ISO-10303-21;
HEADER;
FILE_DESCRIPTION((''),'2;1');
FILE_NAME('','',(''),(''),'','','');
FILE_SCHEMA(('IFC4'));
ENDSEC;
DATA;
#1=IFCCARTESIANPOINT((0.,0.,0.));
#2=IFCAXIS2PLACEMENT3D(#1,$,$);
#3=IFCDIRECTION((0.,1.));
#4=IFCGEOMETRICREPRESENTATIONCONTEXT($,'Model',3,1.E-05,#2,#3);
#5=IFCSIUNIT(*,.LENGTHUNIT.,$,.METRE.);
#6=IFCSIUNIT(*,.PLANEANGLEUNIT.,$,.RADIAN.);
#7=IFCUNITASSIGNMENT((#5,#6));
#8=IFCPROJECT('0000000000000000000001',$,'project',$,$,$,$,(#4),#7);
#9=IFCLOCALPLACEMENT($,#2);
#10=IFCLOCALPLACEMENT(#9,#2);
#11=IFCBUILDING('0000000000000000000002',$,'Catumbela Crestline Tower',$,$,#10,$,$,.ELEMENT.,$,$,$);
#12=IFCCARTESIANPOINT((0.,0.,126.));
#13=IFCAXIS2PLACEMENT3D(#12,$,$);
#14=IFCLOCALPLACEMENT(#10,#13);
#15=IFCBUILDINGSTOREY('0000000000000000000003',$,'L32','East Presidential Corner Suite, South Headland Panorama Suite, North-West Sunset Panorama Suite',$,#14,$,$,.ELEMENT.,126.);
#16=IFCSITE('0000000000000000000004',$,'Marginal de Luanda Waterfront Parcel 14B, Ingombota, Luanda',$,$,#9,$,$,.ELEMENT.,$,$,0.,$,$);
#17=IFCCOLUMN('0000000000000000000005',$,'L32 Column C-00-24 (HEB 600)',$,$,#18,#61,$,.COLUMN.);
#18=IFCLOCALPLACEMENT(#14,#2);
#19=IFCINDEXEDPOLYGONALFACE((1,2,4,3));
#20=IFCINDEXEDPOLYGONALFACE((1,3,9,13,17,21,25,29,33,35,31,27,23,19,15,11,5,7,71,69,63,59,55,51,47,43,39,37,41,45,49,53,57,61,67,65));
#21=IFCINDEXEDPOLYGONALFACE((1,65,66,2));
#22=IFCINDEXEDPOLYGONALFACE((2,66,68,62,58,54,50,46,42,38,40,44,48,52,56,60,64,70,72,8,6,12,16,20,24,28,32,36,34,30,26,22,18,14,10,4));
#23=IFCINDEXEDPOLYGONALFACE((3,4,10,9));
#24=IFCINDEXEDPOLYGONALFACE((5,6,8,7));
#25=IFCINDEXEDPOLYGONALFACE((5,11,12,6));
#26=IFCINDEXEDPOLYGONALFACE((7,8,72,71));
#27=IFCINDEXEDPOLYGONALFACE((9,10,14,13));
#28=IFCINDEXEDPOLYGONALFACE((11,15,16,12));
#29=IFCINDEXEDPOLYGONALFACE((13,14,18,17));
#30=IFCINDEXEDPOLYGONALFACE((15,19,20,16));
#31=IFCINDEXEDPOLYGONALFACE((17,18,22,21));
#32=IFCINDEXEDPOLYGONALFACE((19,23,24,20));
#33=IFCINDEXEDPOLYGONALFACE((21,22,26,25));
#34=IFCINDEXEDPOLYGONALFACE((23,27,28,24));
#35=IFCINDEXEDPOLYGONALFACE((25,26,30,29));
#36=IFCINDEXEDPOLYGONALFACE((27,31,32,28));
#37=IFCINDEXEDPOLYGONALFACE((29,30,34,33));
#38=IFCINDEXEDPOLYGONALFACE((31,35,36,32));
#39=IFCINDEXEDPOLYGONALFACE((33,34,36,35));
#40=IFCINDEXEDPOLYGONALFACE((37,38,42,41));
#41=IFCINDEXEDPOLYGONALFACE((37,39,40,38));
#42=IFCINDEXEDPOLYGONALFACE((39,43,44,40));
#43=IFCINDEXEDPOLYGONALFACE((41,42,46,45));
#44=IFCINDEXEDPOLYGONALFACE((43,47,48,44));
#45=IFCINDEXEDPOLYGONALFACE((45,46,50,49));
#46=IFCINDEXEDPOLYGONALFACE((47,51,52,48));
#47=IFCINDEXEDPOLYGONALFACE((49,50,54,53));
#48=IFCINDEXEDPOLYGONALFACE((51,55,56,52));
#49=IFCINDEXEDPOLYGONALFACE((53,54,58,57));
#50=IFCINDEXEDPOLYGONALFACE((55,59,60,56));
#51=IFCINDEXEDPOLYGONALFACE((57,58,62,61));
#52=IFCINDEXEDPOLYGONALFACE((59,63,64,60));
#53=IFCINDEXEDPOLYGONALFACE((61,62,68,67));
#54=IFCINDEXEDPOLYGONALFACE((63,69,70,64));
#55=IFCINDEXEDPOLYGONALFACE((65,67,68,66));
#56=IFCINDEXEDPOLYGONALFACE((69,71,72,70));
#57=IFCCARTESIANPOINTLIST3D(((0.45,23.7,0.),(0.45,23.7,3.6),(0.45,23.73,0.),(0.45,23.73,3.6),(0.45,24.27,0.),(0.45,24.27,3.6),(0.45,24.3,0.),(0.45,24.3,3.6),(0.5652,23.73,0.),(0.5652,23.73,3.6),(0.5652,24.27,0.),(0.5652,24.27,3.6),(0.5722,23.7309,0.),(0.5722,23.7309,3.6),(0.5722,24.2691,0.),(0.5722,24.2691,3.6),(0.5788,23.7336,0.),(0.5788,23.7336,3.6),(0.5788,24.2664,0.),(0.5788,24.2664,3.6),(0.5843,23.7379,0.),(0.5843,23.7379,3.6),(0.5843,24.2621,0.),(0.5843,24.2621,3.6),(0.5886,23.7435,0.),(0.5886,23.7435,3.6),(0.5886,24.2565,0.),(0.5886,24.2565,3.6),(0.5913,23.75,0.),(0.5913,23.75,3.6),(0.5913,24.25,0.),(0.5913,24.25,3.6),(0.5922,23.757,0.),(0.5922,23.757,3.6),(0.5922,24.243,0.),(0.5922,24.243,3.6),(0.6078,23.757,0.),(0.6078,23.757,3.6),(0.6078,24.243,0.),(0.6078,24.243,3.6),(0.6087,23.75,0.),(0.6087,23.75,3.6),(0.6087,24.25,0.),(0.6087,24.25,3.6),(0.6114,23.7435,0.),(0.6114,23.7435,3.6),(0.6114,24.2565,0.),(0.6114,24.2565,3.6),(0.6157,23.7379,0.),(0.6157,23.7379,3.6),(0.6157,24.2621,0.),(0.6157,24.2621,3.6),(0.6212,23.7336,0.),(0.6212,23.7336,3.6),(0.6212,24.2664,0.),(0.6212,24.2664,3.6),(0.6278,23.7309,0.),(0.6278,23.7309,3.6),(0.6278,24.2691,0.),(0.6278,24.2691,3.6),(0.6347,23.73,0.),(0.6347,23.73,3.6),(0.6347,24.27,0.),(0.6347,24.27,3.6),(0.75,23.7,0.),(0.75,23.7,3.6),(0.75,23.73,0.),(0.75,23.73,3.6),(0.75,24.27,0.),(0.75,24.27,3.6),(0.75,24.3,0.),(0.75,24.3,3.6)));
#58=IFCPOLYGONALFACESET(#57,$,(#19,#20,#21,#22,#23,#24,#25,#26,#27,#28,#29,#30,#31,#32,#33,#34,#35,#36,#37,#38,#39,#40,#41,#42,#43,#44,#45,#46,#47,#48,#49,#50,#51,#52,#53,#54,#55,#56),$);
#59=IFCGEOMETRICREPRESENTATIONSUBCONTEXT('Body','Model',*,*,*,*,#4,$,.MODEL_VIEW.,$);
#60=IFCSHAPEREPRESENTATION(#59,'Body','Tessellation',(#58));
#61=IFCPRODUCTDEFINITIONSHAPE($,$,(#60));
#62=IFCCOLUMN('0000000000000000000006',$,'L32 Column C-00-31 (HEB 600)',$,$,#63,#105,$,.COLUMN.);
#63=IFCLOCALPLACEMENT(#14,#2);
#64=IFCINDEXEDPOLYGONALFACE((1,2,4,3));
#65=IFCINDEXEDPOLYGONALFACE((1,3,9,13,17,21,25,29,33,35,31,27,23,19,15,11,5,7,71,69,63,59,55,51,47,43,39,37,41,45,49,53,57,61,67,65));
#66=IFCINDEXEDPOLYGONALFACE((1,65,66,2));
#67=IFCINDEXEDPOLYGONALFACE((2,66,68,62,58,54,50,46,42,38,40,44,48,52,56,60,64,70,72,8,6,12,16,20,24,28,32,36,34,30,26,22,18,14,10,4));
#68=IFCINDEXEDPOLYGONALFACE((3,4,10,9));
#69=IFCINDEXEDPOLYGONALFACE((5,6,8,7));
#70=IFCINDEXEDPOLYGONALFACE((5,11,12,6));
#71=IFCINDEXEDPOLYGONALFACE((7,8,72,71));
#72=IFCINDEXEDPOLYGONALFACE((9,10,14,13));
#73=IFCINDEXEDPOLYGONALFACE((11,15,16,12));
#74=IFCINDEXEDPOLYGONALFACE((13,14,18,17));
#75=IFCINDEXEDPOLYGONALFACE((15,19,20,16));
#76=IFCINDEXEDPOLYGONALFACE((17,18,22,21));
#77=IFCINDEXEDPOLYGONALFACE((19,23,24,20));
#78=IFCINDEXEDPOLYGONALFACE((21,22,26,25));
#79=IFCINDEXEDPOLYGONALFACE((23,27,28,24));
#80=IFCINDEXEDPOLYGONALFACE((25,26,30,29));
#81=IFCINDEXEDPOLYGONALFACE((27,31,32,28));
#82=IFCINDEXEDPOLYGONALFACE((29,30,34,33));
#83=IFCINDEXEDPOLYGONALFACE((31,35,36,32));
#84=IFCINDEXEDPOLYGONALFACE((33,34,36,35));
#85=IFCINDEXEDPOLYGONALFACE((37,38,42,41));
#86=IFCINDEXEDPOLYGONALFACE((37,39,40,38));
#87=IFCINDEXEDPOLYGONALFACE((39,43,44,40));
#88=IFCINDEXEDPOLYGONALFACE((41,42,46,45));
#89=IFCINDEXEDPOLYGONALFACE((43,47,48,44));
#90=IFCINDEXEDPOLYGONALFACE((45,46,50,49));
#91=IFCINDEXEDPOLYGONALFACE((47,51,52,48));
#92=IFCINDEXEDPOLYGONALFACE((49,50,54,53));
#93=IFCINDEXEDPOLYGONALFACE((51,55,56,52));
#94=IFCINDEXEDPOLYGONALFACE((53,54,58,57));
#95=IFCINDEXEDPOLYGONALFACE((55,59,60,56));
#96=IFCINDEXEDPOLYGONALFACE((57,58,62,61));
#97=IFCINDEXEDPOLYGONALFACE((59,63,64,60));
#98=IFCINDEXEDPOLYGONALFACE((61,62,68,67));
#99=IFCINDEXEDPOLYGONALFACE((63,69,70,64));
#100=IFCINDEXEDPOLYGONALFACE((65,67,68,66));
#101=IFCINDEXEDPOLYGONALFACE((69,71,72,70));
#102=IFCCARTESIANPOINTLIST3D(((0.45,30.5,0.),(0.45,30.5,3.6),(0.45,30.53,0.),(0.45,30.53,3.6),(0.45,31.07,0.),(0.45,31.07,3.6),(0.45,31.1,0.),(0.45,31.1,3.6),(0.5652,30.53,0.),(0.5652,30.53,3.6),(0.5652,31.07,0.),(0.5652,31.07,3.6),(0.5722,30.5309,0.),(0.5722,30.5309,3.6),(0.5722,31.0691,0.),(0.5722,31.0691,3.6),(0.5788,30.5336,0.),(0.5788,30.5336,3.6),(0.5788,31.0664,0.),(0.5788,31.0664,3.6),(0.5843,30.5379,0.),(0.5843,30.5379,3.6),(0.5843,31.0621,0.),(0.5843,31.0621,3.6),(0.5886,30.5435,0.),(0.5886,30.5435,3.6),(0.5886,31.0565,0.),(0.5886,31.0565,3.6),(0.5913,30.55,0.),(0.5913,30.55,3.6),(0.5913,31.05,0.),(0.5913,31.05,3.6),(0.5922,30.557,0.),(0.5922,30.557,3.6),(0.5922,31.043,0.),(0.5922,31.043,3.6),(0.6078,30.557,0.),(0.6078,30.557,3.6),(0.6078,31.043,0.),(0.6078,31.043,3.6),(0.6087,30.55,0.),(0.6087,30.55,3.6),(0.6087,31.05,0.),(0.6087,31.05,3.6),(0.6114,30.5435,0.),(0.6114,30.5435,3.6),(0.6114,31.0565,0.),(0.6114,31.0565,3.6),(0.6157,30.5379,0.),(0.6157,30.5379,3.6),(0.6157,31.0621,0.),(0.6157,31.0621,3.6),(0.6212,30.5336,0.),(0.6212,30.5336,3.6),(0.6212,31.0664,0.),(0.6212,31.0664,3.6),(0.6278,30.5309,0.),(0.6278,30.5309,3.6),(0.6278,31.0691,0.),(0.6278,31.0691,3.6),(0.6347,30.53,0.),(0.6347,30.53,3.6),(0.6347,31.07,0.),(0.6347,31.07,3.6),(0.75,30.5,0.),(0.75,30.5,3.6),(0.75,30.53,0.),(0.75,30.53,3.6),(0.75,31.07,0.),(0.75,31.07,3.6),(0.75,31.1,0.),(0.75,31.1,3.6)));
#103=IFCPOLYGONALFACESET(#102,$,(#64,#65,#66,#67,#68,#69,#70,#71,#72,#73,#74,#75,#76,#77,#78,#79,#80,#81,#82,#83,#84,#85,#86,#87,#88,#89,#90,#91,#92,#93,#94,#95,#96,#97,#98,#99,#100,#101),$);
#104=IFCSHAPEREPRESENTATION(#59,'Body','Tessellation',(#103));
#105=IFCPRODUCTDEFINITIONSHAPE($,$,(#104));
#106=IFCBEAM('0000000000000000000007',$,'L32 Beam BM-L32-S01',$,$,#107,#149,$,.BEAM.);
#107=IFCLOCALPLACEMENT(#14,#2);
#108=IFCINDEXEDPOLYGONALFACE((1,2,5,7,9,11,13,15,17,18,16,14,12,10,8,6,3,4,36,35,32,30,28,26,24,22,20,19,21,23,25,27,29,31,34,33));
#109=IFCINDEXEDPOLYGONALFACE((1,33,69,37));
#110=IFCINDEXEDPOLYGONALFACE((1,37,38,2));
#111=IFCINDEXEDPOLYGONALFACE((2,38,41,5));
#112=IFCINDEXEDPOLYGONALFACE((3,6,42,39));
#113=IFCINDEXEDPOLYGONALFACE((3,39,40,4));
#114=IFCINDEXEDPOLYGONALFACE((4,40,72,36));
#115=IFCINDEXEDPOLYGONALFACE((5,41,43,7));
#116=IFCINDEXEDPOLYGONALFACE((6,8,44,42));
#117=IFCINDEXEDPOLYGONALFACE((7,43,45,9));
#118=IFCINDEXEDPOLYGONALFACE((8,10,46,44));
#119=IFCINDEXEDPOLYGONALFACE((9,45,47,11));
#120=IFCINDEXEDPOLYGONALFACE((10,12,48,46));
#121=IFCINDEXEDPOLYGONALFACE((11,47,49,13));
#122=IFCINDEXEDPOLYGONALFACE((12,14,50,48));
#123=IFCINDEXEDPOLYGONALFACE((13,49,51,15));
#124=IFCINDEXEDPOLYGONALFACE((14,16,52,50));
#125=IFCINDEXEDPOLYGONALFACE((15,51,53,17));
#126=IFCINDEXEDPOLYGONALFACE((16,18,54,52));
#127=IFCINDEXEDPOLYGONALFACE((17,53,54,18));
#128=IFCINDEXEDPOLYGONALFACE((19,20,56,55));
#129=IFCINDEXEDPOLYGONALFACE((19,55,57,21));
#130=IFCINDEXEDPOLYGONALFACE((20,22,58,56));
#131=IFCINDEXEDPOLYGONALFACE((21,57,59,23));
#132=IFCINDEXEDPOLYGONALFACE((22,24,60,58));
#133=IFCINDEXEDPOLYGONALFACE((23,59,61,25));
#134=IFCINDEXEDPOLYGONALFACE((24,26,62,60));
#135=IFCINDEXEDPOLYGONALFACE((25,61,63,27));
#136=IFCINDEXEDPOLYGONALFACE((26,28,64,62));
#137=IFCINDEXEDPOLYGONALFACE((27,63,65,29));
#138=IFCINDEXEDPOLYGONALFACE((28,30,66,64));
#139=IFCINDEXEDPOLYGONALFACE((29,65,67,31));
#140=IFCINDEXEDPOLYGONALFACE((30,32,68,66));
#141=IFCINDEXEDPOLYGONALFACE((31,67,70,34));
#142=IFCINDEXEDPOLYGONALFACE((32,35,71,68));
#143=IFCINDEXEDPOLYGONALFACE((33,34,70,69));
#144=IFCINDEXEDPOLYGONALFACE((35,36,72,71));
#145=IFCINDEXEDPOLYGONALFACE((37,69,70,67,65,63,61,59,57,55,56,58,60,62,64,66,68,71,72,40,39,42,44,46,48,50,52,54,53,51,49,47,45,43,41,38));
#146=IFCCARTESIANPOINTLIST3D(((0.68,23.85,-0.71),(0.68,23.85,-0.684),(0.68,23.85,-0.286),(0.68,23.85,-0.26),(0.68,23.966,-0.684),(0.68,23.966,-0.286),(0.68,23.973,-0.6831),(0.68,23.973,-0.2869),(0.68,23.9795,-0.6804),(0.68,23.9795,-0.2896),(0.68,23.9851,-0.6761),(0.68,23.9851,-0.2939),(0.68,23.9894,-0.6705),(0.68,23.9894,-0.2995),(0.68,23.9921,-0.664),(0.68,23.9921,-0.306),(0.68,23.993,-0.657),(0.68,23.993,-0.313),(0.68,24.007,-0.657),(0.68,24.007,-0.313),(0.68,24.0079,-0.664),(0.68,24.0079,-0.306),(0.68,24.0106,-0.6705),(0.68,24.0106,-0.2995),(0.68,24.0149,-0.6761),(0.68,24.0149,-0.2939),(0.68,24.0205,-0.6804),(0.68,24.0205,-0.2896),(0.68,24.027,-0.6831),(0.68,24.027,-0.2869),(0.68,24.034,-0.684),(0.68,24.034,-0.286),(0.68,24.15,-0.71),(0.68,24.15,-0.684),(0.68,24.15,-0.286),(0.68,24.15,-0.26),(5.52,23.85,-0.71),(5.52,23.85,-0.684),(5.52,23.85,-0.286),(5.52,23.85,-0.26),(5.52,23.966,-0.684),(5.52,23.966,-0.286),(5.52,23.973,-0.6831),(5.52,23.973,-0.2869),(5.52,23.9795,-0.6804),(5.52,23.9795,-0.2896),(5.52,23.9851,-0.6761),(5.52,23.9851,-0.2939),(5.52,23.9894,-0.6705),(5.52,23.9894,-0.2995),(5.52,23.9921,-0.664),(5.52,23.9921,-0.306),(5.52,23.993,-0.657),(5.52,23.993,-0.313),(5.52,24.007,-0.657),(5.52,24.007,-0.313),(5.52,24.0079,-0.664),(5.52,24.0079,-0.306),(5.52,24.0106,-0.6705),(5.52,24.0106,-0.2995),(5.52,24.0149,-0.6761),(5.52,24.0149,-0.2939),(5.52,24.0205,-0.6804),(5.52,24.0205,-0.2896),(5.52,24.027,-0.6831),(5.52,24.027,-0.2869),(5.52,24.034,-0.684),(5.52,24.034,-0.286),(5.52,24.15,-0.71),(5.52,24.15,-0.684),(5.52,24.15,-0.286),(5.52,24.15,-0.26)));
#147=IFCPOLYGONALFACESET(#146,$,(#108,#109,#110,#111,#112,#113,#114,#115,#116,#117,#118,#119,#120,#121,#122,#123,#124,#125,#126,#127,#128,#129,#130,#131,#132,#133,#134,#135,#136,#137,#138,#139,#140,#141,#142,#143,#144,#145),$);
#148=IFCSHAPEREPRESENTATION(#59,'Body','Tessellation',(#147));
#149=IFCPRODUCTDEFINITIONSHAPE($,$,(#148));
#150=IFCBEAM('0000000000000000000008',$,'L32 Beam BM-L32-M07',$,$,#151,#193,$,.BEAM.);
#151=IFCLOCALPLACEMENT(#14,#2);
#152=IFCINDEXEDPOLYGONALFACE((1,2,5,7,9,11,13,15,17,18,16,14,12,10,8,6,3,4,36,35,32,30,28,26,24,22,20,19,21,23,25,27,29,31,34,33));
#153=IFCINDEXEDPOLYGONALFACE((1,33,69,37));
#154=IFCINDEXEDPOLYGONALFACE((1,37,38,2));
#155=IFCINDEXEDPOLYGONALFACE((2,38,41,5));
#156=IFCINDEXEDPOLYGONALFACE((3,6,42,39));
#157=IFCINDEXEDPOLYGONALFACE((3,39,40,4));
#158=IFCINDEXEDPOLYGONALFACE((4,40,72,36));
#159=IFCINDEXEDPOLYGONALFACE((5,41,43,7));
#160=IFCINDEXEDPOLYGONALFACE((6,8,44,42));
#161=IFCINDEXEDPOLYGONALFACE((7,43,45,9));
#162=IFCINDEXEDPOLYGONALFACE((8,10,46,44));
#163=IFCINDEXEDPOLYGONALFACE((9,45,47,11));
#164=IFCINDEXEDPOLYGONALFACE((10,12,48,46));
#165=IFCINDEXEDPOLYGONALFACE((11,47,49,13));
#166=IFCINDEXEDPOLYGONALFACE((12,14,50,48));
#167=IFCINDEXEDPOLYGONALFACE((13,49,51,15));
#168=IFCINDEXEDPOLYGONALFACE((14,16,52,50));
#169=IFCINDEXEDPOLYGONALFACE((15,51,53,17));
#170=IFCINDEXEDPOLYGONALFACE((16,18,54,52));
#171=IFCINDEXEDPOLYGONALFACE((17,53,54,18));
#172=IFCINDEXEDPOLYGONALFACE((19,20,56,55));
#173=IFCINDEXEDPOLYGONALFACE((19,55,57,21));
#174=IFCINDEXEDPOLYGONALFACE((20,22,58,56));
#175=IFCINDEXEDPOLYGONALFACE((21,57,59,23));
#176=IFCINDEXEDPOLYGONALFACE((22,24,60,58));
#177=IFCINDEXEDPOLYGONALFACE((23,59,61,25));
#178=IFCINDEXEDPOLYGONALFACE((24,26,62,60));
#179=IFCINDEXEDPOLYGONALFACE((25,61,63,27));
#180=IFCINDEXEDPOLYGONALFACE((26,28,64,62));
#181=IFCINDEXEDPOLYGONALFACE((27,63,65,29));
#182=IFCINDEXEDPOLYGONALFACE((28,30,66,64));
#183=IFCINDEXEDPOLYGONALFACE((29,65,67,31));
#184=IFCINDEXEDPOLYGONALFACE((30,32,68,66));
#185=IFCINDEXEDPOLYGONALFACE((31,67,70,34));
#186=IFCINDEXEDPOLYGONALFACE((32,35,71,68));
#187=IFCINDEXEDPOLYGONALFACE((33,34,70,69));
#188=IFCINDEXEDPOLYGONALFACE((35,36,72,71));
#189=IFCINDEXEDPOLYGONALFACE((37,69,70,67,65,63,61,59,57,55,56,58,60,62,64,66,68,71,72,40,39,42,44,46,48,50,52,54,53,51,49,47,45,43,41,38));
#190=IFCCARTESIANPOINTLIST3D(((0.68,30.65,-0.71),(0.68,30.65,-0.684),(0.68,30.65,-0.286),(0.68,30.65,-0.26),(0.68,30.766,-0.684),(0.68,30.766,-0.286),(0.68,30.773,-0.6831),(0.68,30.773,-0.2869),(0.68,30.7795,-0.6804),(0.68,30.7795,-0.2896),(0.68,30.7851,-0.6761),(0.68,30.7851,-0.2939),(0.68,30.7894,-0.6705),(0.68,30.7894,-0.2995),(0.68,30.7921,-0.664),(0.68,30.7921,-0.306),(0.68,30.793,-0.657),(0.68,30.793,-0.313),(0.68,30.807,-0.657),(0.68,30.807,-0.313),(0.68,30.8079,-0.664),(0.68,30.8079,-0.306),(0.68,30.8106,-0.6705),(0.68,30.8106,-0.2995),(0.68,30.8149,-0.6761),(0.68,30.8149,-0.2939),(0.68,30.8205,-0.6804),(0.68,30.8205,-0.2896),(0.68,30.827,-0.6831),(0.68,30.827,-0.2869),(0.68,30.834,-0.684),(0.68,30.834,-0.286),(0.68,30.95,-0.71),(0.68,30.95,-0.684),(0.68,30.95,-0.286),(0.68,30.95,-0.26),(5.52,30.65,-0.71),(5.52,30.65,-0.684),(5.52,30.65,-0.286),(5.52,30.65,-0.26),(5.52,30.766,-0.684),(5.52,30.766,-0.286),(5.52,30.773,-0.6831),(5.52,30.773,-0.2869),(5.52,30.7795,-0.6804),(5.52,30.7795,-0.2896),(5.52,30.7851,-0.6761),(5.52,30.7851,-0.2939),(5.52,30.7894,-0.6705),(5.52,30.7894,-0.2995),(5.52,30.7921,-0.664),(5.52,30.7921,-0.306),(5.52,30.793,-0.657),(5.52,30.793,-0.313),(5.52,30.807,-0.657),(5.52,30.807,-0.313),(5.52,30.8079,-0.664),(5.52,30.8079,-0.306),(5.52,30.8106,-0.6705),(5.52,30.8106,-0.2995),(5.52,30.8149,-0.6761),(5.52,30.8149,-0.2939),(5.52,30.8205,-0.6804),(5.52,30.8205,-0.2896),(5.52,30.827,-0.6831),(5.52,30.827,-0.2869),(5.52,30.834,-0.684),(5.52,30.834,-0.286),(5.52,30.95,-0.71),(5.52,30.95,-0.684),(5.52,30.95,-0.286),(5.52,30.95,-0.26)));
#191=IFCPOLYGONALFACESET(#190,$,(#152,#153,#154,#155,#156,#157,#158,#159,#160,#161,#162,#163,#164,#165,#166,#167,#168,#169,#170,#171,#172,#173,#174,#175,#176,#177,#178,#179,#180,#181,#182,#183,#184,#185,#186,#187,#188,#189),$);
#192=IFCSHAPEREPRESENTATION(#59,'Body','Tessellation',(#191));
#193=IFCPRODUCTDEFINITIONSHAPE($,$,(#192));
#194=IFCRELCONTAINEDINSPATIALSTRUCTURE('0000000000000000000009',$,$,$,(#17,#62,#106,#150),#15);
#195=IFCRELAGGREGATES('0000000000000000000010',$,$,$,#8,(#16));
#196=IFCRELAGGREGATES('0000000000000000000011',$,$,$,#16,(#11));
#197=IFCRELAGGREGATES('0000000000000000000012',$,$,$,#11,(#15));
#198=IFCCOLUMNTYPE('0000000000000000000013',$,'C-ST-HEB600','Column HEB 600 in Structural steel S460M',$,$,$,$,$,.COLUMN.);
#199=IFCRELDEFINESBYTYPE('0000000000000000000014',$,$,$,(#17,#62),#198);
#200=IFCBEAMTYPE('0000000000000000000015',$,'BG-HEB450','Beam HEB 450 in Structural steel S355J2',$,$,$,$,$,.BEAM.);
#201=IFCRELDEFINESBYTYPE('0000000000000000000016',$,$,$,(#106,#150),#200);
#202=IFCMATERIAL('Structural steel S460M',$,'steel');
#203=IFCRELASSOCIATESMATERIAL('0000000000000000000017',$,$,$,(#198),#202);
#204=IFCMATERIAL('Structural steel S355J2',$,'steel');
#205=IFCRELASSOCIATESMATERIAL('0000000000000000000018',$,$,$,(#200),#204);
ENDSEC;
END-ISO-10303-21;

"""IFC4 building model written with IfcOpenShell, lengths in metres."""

from ifc_helpers import new_model, si_unit, direction, frame, origin, origin_2d, place, context, subcontext, project, spatial, i_section, extrude, material, material_profile, profile_set, type_object, element, save


model = new_model("IFC4")

# Units and contexts
model_context = context("Model", 3, precision=1e-05, world=origin(), true_north=direction((0.0, 1.0)))
body_context = subcontext(model_context, "Body", "Model", "MODEL_VIEW")
ifc_project = project(units=[si_unit("LENGTHUNIT", "METRE"), si_unit("PLANEANGLEUNIT", "RADIAN")], contexts=[model_context])

# Site, building, storey
site_placement = place(None, origin())
site = spatial("IfcSite", under=ifc_project, at=site_placement, Name="Marginal de Luanda Waterfront Parcel 14B, Ingombota, Luanda", CompositionType="ELEMENT", RefElevation=0.0)
building_placement = place(site_placement, origin())
building = spatial("IfcBuilding", under=site, at=building_placement, Name="Catumbela Crestline Tower", CompositionType="ELEMENT")
storey_placement = place(building_placement, frame((0.0, 0.0, 126.0)))
storey = spatial("IfcBuildingStorey", under=building, at=storey_placement, Name="L32", Description="East Presidential Corner Suite, South Headland Panorama Suite, North-West Sunset Panorama Suite", CompositionType="ELEMENT", Elevation=126.0)

# Columns
ifc_material_1 = material(Name="Structural steel S460M", Category="steel")
ifc_material_profile_1 = material_profile(ifc_material_1, i_section(OverallWidth=0.3, OverallDepth=0.6, WebThickness=0.0155, FlangeThickness=0.03, FilletRadius=0.027, at=origin_2d()), Name="HEB 600")
ifc_profile_set_1 = profile_set([ifc_material_profile_1], Name="Structural steel S460M")
column_type = type_object("IfcColumnType", Name="C-ST-HEB600", Description="Column HEB 600 in Structural steel S460M", PredefinedType="COLUMN", material=ifc_profile_set_1)
for number, where, z_axis, x_axis, name in (
    (1, (0.6, 24.0, 0.0), (0.0, 0.0, 1.0), (1.0, 0.0, 0.0), "L32 Column C-00-24 (HEB 600)"),
    (2, (0.6, 30.8, 0.0), (0.0, 0.0, 1.0), (1.0, 0.0, 0.0), "L32 Column C-00-31 (HEB 600)"),
):
    element("IfcColumn", number, at=place(storey_placement, frame(where, z_axis=z_axis, x_axis=x_axis)), inside=storey, type_object=column_type, Name=name, PredefinedType="COLUMN", context=body_context, shape_type="SweptSolid", body=[
        extrude(i_section(OverallWidth=0.3, OverallDepth=0.6, WebThickness=0.0155, FlangeThickness=0.03, FilletRadius=0.027, at=origin_2d()), origin(), (0.0, 0.0, 1.0), 3.6),
    ])

# Beams
ifc_material_2 = material(Name="Structural steel S355J2", Category="steel")
ifc_material_profile_2 = material_profile(ifc_material_2, i_section(OverallWidth=0.3, OverallDepth=0.45, WebThickness=0.014, FlangeThickness=0.026, FilletRadius=0.027, at=origin_2d()), Name="HEB 450")
ifc_profile_set_2 = profile_set([ifc_material_profile_2], Name="Structural steel S355J2")
beam_type_1 = type_object("IfcBeamType", Name="BG-HEB450", Description="Beam HEB 450 in Structural steel S355J2", PredefinedType="BEAM", material=ifc_profile_set_2)
for number, where, z_axis, x_axis, name in (
    (3, (0.68, 24.0, -0.485), (1.0, 0.0, 0.0), (0.0, 1.0, 0.0), "L32 Beam BM-L32-S01"),
    (4, (0.68, 30.8, -0.485), (1.0, 0.0, 0.0), (0.0, 1.0, 0.0), "L32 Beam BM-L32-M07"),
):
    element("IfcBeam", number, at=place(storey_placement, frame(where, z_axis=z_axis, x_axis=x_axis)), inside=storey, type_object=beam_type_1, Name=name, PredefinedType="BEAM", context=body_context, shape_type="SweptSolid", body=[
        extrude(i_section(OverallWidth=0.3, OverallDepth=0.45, WebThickness=0.014, FlangeThickness=0.026, FilletRadius=0.027, at=origin_2d()), origin(), (0.0, 0.0, 1.0), 4.84),
    ])

save(model, "model.ifc")
